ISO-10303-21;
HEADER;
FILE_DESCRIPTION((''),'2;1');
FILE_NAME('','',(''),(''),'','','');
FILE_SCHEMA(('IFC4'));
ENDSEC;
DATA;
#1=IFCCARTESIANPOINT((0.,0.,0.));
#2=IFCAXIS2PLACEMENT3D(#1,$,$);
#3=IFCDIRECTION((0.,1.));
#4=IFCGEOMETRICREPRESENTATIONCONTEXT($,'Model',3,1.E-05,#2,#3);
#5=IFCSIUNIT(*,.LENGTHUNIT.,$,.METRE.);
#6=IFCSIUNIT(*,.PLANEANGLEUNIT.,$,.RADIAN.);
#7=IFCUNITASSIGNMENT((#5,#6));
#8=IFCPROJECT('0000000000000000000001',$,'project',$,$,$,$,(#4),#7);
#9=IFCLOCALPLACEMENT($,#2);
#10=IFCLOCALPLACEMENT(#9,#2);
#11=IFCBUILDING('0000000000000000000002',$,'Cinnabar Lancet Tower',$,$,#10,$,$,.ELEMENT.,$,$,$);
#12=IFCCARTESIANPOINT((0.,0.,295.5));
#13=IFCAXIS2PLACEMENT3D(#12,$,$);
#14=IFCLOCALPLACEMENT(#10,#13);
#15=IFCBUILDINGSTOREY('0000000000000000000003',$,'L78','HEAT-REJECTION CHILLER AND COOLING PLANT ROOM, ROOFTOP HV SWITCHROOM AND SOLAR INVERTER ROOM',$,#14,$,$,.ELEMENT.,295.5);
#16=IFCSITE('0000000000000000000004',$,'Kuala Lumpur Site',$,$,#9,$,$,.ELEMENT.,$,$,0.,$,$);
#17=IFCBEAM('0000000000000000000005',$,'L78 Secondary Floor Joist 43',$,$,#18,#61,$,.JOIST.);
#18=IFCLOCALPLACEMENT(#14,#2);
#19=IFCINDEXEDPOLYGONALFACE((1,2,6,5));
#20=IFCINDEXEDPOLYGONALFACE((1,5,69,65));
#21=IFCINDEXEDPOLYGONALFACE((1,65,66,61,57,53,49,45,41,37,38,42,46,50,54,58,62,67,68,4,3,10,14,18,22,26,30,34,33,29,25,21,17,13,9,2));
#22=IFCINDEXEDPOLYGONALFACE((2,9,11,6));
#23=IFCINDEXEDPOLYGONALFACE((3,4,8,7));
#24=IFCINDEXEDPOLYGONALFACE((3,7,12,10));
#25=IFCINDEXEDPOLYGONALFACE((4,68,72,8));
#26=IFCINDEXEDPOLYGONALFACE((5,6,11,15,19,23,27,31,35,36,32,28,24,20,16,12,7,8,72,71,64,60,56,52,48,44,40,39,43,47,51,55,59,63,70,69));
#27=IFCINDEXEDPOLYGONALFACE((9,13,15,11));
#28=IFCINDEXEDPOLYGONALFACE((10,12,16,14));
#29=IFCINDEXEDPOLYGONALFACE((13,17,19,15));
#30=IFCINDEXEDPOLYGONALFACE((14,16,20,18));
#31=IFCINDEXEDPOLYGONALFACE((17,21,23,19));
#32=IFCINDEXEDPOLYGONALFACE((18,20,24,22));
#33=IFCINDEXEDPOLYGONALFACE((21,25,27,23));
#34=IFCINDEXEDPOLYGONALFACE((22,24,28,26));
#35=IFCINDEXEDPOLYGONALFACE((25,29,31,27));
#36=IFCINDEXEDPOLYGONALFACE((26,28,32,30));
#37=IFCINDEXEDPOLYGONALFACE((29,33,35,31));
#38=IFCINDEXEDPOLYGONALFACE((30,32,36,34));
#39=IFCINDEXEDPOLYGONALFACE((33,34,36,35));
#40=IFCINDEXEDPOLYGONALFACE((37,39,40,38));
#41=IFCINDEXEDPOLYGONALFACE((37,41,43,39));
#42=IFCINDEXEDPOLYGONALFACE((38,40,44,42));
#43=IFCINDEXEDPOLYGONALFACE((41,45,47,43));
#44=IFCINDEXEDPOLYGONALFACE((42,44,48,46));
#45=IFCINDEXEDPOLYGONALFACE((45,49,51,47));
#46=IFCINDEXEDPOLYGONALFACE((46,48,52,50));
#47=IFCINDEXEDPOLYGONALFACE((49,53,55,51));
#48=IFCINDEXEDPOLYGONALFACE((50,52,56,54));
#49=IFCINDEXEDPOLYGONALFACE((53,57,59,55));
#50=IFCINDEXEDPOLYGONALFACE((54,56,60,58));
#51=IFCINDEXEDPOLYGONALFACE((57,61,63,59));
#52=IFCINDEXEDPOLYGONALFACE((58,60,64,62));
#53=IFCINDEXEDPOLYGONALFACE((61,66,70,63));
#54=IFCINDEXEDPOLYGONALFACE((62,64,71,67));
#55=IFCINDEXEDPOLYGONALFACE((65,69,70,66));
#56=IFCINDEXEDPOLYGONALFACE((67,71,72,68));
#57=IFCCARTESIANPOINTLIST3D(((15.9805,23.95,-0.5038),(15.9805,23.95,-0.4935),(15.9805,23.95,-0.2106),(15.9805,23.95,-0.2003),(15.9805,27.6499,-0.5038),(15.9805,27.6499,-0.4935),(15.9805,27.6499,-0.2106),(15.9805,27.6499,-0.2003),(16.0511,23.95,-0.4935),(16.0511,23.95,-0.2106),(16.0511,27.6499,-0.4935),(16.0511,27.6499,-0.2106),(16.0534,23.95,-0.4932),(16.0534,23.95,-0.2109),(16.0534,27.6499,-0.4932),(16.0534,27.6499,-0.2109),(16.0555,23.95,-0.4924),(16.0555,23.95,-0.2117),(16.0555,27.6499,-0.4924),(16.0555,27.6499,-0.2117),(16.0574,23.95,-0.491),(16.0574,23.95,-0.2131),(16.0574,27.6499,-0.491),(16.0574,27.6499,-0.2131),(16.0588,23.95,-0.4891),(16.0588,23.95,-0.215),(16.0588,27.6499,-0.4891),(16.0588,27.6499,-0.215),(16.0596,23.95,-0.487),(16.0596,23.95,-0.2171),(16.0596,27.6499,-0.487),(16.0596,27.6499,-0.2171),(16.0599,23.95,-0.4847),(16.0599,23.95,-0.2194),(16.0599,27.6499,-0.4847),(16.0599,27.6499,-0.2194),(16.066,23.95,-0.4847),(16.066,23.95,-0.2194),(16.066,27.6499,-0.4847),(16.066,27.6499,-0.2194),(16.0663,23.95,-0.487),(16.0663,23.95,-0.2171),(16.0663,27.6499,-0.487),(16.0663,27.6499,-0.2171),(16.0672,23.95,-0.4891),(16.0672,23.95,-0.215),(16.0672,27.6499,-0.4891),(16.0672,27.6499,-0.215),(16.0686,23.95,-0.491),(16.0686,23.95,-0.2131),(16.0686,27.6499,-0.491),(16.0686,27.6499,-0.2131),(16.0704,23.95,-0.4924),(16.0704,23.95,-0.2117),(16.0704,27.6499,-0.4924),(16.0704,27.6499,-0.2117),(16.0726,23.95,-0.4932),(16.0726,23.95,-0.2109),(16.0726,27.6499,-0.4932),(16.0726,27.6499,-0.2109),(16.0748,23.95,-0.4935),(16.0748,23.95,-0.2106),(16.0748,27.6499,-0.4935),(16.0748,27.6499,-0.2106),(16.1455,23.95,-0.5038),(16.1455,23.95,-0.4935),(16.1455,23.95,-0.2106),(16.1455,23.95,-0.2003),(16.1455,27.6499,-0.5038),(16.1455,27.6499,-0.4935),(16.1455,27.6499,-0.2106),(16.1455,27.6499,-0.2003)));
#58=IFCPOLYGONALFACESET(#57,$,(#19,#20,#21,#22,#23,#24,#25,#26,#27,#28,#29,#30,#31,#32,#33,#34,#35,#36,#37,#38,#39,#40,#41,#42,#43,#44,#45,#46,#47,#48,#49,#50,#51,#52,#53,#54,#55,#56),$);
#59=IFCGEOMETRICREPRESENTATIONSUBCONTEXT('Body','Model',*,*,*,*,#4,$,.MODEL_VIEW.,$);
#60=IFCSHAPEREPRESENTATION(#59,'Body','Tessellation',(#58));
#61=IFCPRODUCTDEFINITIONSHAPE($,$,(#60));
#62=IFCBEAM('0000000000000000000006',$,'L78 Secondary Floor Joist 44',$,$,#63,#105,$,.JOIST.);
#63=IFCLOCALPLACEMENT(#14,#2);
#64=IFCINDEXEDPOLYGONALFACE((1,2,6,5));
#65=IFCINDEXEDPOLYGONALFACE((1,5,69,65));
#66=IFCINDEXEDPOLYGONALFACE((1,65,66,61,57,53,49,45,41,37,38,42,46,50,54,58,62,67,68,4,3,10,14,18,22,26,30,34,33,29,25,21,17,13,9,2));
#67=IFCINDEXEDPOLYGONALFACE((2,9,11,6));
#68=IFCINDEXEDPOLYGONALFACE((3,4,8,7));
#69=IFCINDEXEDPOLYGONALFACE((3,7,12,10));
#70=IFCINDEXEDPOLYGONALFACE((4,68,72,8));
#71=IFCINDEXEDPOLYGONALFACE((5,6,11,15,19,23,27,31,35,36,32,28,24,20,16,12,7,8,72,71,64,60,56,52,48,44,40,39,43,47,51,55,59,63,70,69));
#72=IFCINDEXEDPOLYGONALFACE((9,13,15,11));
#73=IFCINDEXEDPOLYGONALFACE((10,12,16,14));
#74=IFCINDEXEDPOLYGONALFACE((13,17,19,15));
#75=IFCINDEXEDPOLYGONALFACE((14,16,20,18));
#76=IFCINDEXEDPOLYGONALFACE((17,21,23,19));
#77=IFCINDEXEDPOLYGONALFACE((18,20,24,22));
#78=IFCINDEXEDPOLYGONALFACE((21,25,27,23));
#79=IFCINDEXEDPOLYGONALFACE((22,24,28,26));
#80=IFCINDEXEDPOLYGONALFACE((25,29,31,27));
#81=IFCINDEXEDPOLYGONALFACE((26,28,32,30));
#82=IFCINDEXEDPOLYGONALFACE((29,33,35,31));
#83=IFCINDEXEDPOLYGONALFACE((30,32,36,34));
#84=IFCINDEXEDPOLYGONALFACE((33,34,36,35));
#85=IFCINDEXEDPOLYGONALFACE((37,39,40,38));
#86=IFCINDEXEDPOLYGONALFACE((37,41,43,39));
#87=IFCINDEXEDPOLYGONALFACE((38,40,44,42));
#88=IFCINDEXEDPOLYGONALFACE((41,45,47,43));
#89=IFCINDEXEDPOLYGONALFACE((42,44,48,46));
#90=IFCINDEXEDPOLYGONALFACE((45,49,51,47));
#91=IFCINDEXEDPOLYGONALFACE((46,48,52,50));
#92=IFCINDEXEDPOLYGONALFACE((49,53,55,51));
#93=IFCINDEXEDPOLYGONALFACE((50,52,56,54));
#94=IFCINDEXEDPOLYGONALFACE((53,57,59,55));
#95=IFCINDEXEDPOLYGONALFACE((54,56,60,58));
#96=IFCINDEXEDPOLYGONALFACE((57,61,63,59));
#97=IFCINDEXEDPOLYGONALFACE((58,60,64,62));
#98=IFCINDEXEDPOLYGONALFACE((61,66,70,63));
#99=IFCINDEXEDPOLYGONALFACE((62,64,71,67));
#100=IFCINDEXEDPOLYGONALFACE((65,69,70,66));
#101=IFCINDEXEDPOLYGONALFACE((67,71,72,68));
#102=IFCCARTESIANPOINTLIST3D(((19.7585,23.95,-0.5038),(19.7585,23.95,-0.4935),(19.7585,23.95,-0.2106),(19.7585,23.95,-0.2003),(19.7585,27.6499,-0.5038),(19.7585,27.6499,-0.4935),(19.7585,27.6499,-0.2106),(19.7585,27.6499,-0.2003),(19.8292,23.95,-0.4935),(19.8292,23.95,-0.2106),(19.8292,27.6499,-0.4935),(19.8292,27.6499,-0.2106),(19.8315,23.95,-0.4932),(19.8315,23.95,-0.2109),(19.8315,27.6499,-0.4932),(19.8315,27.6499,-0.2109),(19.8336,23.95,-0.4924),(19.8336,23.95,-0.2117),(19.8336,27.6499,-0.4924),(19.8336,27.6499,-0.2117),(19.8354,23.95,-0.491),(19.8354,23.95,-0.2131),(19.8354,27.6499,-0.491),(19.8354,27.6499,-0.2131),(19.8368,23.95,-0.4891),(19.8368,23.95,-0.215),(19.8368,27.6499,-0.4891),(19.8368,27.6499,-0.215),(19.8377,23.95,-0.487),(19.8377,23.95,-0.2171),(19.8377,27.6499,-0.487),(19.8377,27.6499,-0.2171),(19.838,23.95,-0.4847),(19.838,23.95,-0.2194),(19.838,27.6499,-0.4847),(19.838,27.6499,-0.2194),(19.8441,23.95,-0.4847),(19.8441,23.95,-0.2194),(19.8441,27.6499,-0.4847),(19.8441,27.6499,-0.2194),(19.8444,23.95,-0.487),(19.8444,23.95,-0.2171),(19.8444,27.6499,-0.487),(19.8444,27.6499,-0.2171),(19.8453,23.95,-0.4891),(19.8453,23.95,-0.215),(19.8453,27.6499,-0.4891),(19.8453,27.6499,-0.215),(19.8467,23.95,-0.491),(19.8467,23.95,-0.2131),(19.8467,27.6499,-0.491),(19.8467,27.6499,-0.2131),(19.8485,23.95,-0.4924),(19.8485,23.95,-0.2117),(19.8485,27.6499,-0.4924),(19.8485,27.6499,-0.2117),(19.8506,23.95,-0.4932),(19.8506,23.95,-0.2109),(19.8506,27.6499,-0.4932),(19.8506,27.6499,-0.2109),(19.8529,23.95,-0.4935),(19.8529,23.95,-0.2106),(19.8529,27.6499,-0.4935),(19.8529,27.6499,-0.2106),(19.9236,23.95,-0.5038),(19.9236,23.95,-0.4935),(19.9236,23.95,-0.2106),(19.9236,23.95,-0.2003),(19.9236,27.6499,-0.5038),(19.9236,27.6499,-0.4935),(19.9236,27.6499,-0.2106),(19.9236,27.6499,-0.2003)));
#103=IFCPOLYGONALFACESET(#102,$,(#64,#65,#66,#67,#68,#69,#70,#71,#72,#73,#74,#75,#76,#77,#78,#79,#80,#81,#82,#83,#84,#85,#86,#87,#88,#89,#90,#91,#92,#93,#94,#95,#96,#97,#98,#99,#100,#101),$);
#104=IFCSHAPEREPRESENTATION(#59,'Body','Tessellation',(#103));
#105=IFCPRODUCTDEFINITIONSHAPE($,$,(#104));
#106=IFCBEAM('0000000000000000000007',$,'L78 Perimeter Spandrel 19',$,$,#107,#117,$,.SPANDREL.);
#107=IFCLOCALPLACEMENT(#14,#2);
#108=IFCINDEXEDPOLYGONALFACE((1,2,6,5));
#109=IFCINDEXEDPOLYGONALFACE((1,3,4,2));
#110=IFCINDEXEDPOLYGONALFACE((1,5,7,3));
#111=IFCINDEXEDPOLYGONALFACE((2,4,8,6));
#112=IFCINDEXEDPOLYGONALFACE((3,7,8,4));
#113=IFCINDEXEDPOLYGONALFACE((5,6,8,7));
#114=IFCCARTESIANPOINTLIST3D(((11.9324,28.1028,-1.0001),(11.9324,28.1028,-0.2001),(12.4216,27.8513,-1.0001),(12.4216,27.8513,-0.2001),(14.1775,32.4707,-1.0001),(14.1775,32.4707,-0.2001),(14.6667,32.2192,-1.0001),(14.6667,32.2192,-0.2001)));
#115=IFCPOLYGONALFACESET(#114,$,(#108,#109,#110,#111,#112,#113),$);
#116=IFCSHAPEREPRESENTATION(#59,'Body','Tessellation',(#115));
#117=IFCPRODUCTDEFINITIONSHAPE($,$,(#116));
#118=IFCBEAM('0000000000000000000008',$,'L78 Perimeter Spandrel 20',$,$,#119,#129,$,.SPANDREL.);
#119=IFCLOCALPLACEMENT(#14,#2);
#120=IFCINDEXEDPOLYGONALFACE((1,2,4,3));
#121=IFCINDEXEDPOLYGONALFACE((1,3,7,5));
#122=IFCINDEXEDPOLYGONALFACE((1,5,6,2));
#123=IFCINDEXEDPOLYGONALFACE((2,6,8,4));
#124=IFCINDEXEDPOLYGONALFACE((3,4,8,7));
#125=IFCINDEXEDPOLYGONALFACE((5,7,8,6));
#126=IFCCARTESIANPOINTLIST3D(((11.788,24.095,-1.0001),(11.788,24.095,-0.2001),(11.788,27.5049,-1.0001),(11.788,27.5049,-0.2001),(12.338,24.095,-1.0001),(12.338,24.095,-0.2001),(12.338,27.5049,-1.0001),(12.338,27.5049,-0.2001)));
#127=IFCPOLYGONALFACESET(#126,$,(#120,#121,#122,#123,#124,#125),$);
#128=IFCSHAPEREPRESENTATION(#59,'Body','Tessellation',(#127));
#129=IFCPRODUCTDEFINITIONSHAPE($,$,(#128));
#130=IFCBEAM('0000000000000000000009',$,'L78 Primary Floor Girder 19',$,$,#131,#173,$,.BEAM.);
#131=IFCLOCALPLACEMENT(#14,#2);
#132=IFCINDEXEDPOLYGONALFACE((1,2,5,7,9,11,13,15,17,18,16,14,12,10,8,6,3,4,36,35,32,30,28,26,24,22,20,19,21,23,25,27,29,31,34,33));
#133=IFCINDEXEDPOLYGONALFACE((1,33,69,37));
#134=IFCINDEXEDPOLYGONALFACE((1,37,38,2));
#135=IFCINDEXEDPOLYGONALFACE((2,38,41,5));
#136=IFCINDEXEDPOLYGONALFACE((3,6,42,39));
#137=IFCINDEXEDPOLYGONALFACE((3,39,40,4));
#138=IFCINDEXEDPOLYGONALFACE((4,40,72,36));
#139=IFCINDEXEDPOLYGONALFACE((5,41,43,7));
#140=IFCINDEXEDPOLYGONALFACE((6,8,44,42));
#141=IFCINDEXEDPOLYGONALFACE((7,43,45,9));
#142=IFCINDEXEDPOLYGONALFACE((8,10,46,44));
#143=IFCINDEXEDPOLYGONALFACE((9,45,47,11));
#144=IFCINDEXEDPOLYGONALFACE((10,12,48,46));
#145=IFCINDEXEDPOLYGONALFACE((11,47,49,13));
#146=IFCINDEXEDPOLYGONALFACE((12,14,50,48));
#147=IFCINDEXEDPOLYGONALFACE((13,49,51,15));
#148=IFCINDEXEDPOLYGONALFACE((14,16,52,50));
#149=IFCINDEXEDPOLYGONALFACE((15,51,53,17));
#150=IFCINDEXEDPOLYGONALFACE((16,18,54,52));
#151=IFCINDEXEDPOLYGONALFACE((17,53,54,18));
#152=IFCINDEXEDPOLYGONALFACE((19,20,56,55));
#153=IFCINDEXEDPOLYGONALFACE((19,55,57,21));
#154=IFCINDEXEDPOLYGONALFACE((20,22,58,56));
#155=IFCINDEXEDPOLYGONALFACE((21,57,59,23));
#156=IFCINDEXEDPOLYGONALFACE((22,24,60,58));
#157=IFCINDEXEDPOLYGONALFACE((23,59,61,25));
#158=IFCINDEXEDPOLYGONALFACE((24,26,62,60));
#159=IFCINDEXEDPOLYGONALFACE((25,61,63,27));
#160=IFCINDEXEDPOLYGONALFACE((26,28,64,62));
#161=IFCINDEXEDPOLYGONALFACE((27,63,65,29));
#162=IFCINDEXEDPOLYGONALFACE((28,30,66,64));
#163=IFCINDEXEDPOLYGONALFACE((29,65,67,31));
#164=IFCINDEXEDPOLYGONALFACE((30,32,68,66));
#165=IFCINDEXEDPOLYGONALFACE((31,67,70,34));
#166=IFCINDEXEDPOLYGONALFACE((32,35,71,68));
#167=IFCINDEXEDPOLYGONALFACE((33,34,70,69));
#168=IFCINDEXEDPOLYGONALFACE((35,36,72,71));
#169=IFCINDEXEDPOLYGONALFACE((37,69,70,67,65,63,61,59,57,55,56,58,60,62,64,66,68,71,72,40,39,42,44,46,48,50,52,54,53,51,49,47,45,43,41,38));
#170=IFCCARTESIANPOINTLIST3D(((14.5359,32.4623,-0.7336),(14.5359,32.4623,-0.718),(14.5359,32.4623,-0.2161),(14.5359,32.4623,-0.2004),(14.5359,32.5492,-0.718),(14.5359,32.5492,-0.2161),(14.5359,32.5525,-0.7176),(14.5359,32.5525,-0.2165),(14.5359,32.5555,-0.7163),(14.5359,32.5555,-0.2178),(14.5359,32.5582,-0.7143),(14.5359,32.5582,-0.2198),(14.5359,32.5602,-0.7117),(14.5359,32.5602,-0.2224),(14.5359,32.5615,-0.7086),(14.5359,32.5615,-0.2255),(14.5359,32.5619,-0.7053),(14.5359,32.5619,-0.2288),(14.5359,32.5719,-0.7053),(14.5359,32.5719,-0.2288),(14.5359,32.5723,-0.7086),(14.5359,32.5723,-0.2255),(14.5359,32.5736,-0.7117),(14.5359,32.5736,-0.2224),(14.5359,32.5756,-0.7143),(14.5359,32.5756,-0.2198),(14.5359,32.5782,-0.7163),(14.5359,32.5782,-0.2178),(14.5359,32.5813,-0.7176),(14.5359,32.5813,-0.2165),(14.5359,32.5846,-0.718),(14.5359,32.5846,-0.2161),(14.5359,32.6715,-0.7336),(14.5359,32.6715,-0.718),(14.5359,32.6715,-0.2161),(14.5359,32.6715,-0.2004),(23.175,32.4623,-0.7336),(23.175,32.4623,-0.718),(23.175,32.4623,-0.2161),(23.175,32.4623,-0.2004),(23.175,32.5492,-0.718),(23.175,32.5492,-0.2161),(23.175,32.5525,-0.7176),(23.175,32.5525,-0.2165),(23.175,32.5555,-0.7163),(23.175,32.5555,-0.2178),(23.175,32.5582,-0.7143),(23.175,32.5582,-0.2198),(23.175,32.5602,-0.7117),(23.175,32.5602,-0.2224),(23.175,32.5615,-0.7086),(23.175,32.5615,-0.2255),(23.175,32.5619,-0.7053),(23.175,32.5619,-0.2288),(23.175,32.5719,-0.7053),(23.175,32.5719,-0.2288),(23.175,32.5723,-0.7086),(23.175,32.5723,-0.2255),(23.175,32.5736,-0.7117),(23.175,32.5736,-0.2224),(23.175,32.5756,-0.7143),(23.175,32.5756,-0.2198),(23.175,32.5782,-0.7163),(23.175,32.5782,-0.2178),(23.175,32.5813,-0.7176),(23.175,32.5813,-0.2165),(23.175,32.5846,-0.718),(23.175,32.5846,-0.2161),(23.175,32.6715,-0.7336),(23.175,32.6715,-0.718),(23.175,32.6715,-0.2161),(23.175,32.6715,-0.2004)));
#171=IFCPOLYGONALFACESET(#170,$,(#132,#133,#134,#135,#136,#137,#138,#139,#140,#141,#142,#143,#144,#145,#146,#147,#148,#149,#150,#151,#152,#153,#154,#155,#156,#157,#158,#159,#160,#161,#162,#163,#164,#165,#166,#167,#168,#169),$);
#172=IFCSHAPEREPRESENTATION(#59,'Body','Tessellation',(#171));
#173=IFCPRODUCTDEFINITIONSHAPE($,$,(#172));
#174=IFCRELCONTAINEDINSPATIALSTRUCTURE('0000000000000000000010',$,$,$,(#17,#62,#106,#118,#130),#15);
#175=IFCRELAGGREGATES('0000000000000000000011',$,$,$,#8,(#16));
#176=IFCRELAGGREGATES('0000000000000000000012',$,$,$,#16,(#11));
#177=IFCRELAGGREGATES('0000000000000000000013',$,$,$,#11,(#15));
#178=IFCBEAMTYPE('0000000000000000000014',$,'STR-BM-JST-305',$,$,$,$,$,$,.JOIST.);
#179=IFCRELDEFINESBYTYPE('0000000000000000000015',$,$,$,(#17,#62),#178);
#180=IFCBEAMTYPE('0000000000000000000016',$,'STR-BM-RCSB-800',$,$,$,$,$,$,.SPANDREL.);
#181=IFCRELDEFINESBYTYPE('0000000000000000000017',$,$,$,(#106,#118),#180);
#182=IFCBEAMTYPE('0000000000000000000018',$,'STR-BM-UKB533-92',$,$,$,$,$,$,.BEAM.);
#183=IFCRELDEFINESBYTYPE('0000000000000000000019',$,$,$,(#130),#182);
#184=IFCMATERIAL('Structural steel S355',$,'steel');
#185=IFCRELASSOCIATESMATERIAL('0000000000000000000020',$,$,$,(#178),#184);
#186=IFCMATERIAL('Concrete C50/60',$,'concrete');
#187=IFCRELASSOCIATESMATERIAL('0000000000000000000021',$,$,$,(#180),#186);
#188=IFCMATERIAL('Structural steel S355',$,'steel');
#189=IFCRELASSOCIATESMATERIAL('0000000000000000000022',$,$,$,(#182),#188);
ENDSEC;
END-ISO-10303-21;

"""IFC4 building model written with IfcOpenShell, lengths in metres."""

from ifc_helpers import new_model, si_unit, direction, frame, origin, origin_2d, place, context, subcontext, project, spatial, rectangle, i_section, extrude, material, material_profile, profile_set, type_object, element, save


model = new_model("IFC4")

# Units and contexts
model_context = context("Model", 3, precision=1e-05, world=origin(), true_north=direction((0.0, 1.0)))
body_context = subcontext(model_context, "Body", "Model", "MODEL_VIEW")
ifc_project = project(units=[si_unit("LENGTHUNIT", "METRE"), si_unit("PLANEANGLEUNIT", "RADIAN")], contexts=[model_context])

# Site, building, storey
site_placement = place(None, origin())
site = spatial("IfcSite", under=ifc_project, at=site_placement, Name="Kuala Lumpur Site", CompositionType="ELEMENT", RefElevation=0.0)
building_placement = place(site_placement, origin())
building = spatial("IfcBuilding", under=site, at=building_placement, Name="Cinnabar Lancet Tower", CompositionType="ELEMENT")
storey_placement = place(building_placement, frame((0.0, 0.0, 295.5)))
storey = spatial("IfcBuildingStorey", under=building, at=storey_placement, Name="L78", Description="HEAT-REJECTION CHILLER AND COOLING PLANT ROOM, ROOFTOP HV SWITCHROOM AND SOLAR INVERTER ROOM", CompositionType="ELEMENT", Elevation=295.5)

# Beams
ifc_material_1 = material(Name="Structural steel S355", Category="steel")
ifc_material_profile_1 = material_profile(ifc_material_1, i_section(OverallWidth=0.165, OverallDepth=0.3035, WebThickness=0.0061, FlangeThickness=0.0103, FilletRadius=0.0088, at=origin_2d()), Name="UKB 305x165x40")
ifc_profile_set_1 = profile_set([ifc_material_profile_1], Name="Structural steel S355")
beam_type_1 = type_object("IfcBeamType", Name="STR-BM-JST-305", PredefinedType="JOIST", material=ifc_profile_set_1)
for number, where, z_axis, x_axis, name in (
    (1, (16.063, 27.6499, -0.3521), (0.0, -1.0, 0.0), (1.0, 0.0, 0.0), "L78 Secondary Floor Joist 43"),
    (2, (19.8411, 27.6499, -0.3521), (0.0, -1.0, 0.0), (1.0, 0.0, 0.0), "L78 Secondary Floor Joist 44"),
):
    element("IfcBeam", number, at=place(storey_placement, frame(where, z_axis=z_axis, x_axis=x_axis)), inside=storey, type_object=beam_type_1, Name=name, PredefinedType="JOIST", context=body_context, shape_type="SweptSolid", body=[
        extrude(i_section(OverallWidth=0.165, OverallDepth=0.3035, WebThickness=0.0061, FlangeThickness=0.0103, FilletRadius=0.0088, at=origin_2d()), origin(), (0.0, 0.0, 1.0), 3.7),
    ])
ifc_material_2 = material(Name="Concrete C50/60", Category="concrete")
ifc_material_profile_2 = material_profile(ifc_material_2, rectangle(XDim=0.55, YDim=0.8, at=origin_2d()), Name="RC-SB 550x800")
ifc_profile_set_2 = profile_set([ifc_material_profile_2], Name="Concrete C50/60")
beam_type_2 = type_object("IfcBeamType", Name="STR-BM-RCSB-800", PredefinedType="SPANDREL", material=ifc_profile_set_2)
beam_1_placement = place(storey_placement, frame((14.4221, 32.345, -0.6001), z_axis=(-0.457148, -0.889391, 0.0), x_axis=(0.889391, -0.457148, 0.0)))
element("IfcBeam", 3, at=beam_1_placement, inside=storey, type_object=beam_type_2, Name="L78 Perimeter Spandrel 19", PredefinedType="SPANDREL", context=body_context, shape_type="SweptSolid", body=[
    extrude(rectangle(XDim=0.55, YDim=0.8, at=origin_2d()), origin(), (0.0, 0.0, 1.0), 4.9111),
])
beam_2_placement = place(storey_placement, frame((12.063, 27.5049, -0.6001), z_axis=(0.0, -1.0, 0.0), x_axis=(1.0, 0.0, 0.0)))
element("IfcBeam", 4, at=beam_2_placement, inside=storey, type_object=beam_type_2, Name="L78 Perimeter Spandrel 20", PredefinedType="SPANDREL", context=body_context, shape_type="SweptSolid", body=[
    extrude(rectangle(XDim=0.55, YDim=0.8, at=origin_2d()), origin(), (0.0, 0.0, 1.0), 3.4099),
])
ifc_material_3 = material(Name="Structural steel S355", Category="steel")
ifc_material_profile_3 = material_profile(ifc_material_3, i_section(OverallWidth=0.2092, OverallDepth=0.5332, WebThickness=0.01, FlangeThickness=0.0156, FilletRadius=0.0127, at=origin_2d()), Name="UKB 533x210x92")
ifc_profile_set_3 = profile_set([ifc_material_profile_3], Name="Structural steel S355")
beam_type_3 = type_object("IfcBeamType", Name="STR-BM-UKB533-92", PredefinedType="BEAM", material=ifc_profile_set_3)
beam_3_placement = place(storey_placement, frame((14.5359, 32.5669, -0.467), z_axis=(1.0, 0.0, 0.0), x_axis=(0.0, 1.0, 0.0)))
element("IfcBeam", 5, at=beam_3_placement, inside=storey, type_object=beam_type_3, Name="L78 Primary Floor Girder 19", PredefinedType="BEAM", context=body_context, shape_type="SweptSolid", body=[
    extrude(i_section(OverallWidth=0.2092, OverallDepth=0.5332, WebThickness=0.01, FlangeThickness=0.0156, FilletRadius=0.0127, at=origin_2d()), origin(), (0.0, 0.0, 1.0), 8.6392),
])

save(model, "model.ifc")
